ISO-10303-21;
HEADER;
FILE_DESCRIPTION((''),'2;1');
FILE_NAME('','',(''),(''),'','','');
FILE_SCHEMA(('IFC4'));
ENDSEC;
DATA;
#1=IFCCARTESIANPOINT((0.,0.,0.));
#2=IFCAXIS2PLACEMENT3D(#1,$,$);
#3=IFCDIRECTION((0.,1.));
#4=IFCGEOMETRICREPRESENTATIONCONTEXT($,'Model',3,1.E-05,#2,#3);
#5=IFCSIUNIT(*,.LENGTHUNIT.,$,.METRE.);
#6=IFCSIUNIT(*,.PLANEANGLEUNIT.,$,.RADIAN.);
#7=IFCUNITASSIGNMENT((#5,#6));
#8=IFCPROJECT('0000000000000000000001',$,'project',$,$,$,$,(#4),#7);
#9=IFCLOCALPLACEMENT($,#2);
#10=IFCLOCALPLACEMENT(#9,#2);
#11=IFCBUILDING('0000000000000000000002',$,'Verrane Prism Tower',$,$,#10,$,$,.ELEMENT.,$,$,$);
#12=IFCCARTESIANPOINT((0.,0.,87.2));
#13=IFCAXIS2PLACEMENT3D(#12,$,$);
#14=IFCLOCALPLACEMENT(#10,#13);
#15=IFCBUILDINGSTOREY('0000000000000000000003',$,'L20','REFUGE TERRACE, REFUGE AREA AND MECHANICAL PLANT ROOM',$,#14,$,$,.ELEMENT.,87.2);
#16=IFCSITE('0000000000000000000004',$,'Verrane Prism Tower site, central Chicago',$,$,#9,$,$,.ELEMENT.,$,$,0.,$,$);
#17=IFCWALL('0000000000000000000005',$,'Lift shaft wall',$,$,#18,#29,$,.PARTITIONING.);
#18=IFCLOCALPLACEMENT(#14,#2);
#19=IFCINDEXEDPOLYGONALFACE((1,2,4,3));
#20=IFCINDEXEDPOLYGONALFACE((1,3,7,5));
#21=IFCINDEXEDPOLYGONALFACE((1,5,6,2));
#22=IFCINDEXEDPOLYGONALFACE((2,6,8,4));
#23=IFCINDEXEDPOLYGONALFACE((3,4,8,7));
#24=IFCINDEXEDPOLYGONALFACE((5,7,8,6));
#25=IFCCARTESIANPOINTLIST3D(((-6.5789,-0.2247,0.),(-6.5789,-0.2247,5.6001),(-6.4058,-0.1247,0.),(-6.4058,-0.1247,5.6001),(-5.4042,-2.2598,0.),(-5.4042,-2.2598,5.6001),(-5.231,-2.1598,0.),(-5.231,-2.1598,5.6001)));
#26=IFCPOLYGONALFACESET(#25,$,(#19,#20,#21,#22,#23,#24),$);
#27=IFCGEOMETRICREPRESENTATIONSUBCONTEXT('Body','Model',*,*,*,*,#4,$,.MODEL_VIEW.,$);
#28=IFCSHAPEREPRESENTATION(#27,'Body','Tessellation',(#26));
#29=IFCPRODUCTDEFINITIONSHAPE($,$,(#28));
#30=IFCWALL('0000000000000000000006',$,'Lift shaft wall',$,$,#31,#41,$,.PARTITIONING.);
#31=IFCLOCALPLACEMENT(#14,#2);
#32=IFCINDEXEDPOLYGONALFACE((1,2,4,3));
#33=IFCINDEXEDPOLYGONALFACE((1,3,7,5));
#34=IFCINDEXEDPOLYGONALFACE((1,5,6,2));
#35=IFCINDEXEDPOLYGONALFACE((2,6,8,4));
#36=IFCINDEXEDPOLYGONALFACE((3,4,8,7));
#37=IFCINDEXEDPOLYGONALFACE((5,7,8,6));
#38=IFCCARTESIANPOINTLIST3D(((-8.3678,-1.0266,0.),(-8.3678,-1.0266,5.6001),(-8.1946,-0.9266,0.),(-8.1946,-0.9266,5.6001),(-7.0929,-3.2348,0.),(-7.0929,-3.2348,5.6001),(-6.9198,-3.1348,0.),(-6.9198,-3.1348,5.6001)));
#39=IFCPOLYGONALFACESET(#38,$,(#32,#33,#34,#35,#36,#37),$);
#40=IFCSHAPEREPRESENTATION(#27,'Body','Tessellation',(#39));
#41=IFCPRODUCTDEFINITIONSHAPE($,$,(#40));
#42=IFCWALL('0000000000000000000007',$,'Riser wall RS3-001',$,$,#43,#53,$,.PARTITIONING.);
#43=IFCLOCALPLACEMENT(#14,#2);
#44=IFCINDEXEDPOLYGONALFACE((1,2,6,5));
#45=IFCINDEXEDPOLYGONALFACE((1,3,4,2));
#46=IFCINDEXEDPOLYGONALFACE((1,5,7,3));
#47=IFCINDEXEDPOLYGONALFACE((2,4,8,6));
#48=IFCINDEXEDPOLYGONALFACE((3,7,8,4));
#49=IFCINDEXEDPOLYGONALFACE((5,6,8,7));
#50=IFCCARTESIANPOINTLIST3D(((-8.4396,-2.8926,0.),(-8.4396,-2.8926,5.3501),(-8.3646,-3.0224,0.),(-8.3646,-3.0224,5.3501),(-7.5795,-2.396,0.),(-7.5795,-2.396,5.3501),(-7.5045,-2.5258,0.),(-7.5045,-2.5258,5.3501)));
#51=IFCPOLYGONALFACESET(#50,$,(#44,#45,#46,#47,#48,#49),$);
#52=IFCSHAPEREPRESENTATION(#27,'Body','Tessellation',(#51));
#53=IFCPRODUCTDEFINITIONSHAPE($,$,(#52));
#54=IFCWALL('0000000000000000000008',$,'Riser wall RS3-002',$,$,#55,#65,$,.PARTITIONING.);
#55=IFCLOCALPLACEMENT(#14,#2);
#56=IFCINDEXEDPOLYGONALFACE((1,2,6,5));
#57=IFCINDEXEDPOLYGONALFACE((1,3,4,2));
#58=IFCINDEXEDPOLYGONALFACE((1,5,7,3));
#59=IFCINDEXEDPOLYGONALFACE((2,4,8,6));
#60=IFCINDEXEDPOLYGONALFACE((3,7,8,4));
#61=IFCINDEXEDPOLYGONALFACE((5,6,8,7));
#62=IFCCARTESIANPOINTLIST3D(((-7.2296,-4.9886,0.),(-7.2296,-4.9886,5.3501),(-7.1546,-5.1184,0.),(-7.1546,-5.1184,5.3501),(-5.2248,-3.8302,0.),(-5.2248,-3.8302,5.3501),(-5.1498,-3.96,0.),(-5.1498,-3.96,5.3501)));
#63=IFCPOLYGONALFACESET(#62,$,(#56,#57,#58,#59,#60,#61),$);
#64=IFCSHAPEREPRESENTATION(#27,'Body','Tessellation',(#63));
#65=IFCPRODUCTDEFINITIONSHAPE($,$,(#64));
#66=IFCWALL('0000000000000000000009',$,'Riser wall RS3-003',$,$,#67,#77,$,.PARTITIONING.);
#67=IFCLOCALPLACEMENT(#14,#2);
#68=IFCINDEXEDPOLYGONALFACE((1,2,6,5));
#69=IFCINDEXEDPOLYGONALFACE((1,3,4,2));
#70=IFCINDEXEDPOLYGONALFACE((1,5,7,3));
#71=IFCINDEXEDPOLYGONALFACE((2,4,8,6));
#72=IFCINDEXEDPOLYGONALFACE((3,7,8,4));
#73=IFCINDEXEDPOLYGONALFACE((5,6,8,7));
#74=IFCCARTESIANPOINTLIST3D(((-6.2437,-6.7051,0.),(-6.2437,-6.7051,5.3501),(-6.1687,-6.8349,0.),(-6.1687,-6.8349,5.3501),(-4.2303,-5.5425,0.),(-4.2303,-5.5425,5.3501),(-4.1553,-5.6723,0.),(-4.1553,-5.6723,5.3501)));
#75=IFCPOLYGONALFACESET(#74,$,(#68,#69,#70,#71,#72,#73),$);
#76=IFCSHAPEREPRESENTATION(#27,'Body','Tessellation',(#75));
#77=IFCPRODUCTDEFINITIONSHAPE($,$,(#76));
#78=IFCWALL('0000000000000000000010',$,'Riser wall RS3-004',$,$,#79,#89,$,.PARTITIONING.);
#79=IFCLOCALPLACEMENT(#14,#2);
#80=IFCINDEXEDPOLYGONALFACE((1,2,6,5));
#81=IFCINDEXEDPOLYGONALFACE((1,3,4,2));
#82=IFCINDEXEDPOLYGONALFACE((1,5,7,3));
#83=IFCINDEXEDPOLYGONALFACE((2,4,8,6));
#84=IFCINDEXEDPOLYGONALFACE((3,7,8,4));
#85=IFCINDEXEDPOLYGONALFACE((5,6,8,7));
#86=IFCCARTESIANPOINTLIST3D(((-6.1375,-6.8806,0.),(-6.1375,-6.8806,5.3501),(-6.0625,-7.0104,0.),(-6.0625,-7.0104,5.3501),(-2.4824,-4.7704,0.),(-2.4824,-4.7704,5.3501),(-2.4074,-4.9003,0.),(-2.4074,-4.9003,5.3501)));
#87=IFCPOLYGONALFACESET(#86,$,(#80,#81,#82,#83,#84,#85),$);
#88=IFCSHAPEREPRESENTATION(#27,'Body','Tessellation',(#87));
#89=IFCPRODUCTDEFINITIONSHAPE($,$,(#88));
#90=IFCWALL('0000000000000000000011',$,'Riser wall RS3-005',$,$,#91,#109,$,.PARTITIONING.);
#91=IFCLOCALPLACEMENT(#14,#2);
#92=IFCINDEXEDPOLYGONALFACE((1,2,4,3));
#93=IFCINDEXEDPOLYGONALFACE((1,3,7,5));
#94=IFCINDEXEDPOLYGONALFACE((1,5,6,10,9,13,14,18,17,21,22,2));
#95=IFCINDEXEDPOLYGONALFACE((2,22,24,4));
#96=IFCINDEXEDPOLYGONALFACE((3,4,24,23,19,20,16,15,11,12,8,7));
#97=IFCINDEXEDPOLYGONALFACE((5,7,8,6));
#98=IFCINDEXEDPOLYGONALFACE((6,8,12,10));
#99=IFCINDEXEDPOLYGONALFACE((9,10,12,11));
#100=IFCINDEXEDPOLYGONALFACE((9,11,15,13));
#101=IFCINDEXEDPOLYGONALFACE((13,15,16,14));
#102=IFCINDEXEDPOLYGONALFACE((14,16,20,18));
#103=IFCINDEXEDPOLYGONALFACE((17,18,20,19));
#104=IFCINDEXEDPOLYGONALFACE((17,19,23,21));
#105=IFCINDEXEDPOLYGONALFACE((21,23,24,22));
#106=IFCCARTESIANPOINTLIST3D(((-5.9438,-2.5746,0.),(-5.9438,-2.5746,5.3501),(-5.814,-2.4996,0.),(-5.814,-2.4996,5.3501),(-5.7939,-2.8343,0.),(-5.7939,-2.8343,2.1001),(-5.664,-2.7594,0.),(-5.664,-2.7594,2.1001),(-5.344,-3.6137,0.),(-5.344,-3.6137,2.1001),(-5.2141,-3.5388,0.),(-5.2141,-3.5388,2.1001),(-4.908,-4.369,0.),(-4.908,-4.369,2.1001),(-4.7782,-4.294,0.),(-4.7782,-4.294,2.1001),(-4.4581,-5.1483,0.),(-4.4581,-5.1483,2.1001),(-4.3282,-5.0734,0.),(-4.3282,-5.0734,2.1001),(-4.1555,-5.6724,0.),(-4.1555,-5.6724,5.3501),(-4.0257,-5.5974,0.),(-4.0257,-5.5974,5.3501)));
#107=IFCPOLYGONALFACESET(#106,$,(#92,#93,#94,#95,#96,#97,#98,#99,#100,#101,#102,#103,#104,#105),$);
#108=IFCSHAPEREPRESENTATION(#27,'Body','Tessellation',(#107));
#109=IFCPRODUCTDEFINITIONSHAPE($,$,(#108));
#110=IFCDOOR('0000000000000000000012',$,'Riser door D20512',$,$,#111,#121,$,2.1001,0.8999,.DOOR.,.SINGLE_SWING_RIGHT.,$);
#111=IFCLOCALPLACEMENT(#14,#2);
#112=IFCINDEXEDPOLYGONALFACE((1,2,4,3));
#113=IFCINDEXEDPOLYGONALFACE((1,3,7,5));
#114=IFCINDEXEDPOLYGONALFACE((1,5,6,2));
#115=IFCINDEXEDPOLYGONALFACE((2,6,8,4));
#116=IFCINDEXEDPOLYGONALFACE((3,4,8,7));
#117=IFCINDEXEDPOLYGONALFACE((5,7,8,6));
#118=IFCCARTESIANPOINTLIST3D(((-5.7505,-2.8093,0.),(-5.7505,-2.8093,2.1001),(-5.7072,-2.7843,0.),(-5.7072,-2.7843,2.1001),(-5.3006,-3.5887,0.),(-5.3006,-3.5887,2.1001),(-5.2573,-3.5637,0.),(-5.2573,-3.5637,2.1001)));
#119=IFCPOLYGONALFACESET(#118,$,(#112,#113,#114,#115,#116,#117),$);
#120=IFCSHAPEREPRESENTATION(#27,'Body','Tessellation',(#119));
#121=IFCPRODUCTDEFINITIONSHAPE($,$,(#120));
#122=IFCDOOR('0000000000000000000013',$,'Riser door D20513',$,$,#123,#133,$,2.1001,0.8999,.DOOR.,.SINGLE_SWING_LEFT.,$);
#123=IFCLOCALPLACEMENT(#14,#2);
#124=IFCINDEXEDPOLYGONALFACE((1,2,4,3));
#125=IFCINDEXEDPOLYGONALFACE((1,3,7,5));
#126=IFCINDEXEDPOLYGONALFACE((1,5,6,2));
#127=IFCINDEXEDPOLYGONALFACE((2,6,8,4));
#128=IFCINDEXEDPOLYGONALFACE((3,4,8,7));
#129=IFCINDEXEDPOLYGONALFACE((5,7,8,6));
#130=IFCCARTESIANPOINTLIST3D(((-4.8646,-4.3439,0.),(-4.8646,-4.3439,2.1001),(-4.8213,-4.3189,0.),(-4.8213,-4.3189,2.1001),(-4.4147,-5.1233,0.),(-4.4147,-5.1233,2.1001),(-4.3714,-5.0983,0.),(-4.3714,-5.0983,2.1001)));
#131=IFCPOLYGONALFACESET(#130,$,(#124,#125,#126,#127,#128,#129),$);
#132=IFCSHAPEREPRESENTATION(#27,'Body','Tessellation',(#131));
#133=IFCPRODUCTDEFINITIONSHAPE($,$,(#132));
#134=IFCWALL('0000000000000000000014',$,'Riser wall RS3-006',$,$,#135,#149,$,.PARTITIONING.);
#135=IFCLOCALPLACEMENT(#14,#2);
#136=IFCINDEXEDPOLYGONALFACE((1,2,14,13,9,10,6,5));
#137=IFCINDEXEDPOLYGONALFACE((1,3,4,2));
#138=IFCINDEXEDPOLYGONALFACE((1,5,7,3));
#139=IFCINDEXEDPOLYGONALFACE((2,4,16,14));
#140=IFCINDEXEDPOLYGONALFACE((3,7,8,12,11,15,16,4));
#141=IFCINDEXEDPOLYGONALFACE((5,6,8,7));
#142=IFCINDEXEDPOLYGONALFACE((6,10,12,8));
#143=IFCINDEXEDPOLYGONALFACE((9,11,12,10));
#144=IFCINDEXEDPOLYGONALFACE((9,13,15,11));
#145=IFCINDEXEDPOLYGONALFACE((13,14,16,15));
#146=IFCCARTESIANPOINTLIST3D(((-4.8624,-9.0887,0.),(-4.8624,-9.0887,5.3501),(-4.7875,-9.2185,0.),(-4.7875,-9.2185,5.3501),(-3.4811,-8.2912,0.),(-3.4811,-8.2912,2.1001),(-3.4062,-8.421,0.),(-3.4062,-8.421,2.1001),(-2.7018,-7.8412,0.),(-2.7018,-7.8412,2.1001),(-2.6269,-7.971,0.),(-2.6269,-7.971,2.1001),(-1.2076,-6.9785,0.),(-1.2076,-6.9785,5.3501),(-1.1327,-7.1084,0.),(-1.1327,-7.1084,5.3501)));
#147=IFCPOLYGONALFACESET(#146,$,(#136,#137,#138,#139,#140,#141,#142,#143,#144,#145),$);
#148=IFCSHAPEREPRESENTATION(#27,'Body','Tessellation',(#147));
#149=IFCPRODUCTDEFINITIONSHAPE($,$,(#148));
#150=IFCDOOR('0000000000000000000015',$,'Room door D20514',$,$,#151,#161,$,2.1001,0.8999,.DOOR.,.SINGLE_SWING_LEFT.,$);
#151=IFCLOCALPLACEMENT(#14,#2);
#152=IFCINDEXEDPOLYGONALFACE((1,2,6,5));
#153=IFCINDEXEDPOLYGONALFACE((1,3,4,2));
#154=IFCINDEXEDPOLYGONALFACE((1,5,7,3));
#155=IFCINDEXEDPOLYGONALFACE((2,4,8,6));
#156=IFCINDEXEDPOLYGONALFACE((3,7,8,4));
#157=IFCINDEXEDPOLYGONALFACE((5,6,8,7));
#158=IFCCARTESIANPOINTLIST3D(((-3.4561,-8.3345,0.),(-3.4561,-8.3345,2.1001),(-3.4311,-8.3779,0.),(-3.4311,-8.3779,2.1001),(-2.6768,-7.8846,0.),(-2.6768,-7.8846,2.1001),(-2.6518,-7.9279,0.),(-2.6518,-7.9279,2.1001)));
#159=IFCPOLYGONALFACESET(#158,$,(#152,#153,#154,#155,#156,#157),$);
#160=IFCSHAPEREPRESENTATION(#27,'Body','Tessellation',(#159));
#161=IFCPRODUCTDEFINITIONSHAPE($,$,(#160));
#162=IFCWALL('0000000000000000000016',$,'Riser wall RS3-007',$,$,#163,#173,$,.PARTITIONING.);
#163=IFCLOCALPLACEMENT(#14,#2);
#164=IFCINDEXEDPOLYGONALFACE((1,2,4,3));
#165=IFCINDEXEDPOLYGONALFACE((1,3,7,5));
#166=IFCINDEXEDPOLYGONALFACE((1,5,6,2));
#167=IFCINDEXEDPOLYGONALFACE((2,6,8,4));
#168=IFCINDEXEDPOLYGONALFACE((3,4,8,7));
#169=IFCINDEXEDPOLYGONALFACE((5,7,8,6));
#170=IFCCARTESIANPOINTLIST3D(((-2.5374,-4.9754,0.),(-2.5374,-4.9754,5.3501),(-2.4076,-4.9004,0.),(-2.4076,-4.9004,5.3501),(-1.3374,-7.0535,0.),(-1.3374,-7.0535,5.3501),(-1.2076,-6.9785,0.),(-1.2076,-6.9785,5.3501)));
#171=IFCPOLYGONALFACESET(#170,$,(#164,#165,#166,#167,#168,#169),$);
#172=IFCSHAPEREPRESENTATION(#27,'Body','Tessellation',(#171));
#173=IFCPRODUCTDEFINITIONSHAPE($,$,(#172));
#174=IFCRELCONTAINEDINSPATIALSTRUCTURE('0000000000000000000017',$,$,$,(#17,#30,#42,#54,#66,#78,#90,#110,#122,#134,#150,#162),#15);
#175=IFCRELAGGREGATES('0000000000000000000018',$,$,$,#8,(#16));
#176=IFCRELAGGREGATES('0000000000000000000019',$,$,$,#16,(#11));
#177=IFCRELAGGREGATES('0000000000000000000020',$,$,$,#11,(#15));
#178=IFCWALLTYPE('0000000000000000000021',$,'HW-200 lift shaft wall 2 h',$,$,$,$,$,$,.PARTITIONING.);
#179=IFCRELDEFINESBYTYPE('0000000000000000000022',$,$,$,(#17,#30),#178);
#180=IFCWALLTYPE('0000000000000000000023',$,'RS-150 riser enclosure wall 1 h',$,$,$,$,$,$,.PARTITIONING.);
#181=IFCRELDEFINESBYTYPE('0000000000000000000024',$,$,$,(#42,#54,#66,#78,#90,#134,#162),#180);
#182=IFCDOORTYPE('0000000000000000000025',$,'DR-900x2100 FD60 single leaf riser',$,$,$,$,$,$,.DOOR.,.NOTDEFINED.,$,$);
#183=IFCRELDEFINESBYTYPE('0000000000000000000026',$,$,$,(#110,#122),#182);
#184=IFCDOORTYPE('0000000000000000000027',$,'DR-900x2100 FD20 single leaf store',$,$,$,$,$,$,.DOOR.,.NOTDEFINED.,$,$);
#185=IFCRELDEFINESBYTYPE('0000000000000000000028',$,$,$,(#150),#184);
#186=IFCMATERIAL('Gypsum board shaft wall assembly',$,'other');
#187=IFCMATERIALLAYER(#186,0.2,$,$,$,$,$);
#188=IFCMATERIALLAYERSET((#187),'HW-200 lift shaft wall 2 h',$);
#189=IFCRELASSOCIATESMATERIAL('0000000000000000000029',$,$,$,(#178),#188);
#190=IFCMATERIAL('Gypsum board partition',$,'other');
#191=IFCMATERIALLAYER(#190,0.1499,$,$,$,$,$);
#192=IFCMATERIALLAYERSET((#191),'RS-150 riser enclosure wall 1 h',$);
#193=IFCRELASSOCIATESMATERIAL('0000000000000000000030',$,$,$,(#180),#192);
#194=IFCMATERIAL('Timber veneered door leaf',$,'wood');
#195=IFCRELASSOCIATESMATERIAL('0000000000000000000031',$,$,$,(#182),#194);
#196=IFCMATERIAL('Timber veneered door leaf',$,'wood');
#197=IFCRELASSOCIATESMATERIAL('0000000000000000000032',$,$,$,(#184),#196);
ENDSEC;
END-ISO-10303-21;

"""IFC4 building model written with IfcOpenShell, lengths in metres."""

from ifc_helpers import new_model, si_unit, direction, frame, frame_2d, origin, place, context, subcontext, project, spatial, rectangle, extrude, material, layer, layer_set, type_object, element, fill, save


model = new_model("IFC4")

# Units and contexts
model_context = context("Model", 3, precision=1e-05, world=origin(), true_north=direction((0.0, 1.0)))
body_context = subcontext(model_context, "Body", "Model", "MODEL_VIEW")
ifc_project = project(units=[si_unit("LENGTHUNIT", "METRE"), si_unit("PLANEANGLEUNIT", "RADIAN")], contexts=[model_context])

# Site, building, storey
site_placement = place(None, origin())
site = spatial("IfcSite", under=ifc_project, at=site_placement, Name="Verrane Prism Tower site, central Chicago", CompositionType="ELEMENT", RefElevation=0.0)
building_placement = place(site_placement, origin())
building = spatial("IfcBuilding", under=site, at=building_placement, Name="Verrane Prism Tower", CompositionType="ELEMENT")
storey_placement = place(building_placement, frame((0.0, 0.0, 87.2)))
storey = spatial("IfcBuildingStorey", under=building, at=storey_placement, Name="L20", Description="REFUGE TERRACE, REFUGE AREA AND MECHANICAL PLANT ROOM", CompositionType="ELEMENT", Elevation=87.2)

# Shared definitions
ifc_material_1 = material(Name="Gypsum board shaft wall assembly", Category="other")
ifc_layer_1 = layer(ifc_material_1, 0.2)
ifc_layer_set_1 = layer_set([ifc_layer_1], Name="HW-200 lift shaft wall 2 h")
wall_type_1 = type_object("IfcWallType", Name="HW-200 lift shaft wall 2 h", PredefinedType="PARTITIONING", material=ifc_layer_set_1)

# Walls
wall_1_placement = place(storey_placement, frame((-5.3176, -2.2097, 0.0), z_axis=(0.0, 0.0, 1.0), x_axis=(-0.499938, 0.866061, 0.0)))
element("IfcWall", 1, at=wall_1_placement, inside=storey, type_object=wall_type_1, Name="Lift shaft wall", PredefinedType="PARTITIONING", context=body_context, shape_type="SweptSolid", body=[
    extrude(rectangle(XDim=2.3499, YDim=0.2, at=frame_2d((1.1748, 0.0))), origin(), (0.0, 0.0, 1.0), 5.6001),
])
wall_2_placement = place(storey_placement, frame((-7.0063, -3.1848, 0.0), z_axis=(0.0, 0.0, 1.0), x_axis=(-0.49999, 0.866031, 0.0)))
element("IfcWall", 2, at=wall_2_placement, inside=storey, type_object=wall_type_1, Name="Lift shaft wall", PredefinedType="PARTITIONING", context=body_context, shape_type="SweptSolid", body=[
    extrude(rectangle(XDim=2.5498, YDim=0.2, at=frame_2d((1.2749, 0.0))), origin(), (0.0, 0.0, 1.0), 5.6001),
])
ifc_material_2 = material(Name="Gypsum board partition", Category="other")
ifc_layer_2 = layer(ifc_material_2, 0.1499)
ifc_layer_set_2 = layer_set([ifc_layer_2], Name="RS-150 riser enclosure wall 1 h")
wall_type_2 = type_object("IfcWallType", Name="RS-150 riser enclosure wall 1 h", PredefinedType="PARTITIONING", material=ifc_layer_set_2)
wall_3_placement = place(storey_placement, frame((-8.4021, -2.9575, 0.0), z_axis=(0.0, 0.0, 1.0), x_axis=(0.866026, 0.499999, 0.0)))
element("IfcWall", 3, at=wall_3_placement, inside=storey, type_object=wall_type_2, Name="Riser wall RS3-001", PredefinedType="PARTITIONING", context=body_context, shape_type="SweptSolid", body=[
    extrude(rectangle(XDim=0.9932, YDim=0.1499, at=frame_2d((0.4966, 0.0))), origin(), (0.0, 0.0, 1.0), 5.3501),
])
wall_4_placement = place(storey_placement, frame((-7.1921, -5.0535, 0.0), z_axis=(0.0, 0.0, 1.0), x_axis=(0.865852, 0.5003, 0.0)))
element("IfcWall", 4, at=wall_4_placement, inside=storey, type_object=wall_type_2, Name="Riser wall RS3-002", PredefinedType="PARTITIONING", context=body_context, shape_type="SweptSolid", body=[
    extrude(rectangle(XDim=2.3154, YDim=0.1499, at=frame_2d((1.1577, 0.0))), origin(), (0.0, 0.0, 1.0), 5.3501),
])
wall_5_placement = place(storey_placement, frame((-6.2063, -6.77, 0.0), z_axis=(0.0, 0.0, 1.0), x_axis=(0.865998, 0.500047, 0.0)))
element("IfcWall", 5, at=wall_5_placement, inside=storey, type_object=wall_type_2, Name="Riser wall RS3-003", PredefinedType="PARTITIONING", context=body_context, shape_type="SweptSolid", body=[
    extrude(rectangle(XDim=2.325, YDim=0.1499, at=frame_2d((1.1626, 0.0))), origin(), (0.0, 0.0, 1.0), 5.3501),
])
wall_6_placement = place(storey_placement, frame((-6.1001, -6.9456, 0.0), z_axis=(0.0, 0.0, 1.0), x_axis=(0.866038, 0.499978, 0.0)))
element("IfcWall", 6, at=wall_6_placement, inside=storey, type_object=wall_type_2, Name="Riser wall RS3-004", PredefinedType="PARTITIONING", context=body_context, shape_type="SweptSolid", body=[
    extrude(rectangle(XDim=4.2205, YDim=0.1499, at=frame_2d((2.1104, 0.0))), origin(), (0.0, 0.0, 1.0), 5.3501),
])

# Wall, openings, doors
wall_7_placement = place(storey_placement, frame((-4.0906, -5.635, 0.0), z_axis=(0.0, 0.0, 1.0), x_axis=(-0.499949, 0.866055, 0.0)))
wall_7 = element("IfcWall", 7, at=wall_7_placement, inside=storey, type_object=wall_type_2, Name="Riser wall RS3-005", PredefinedType="PARTITIONING", context=body_context, shape_type="SweptSolid", body=[
    extrude(rectangle(XDim=3.5769, YDim=0.1499, at=frame_2d((1.7886, 0.0))), origin(), (0.0, 0.0, 1.0), 5.3501),
])
opening_1_placement = place(wall_7_placement, frame((2.3772, 0.0, 0.0)))
opening_1 = element("IfcOpeningElement", 8, at=opening_1_placement, cuts=wall_7, PredefinedType="OPENING", context=body_context, shape_type="SweptSolid", body=[
    extrude(rectangle(XDim=0.8999, YDim=2.1001, at=frame_2d((0.45, 1.05))), frame((0.0, 0.085, 0.0), z_axis=(0.0, -1.0, 0.0), x_axis=(1.0, 0.0, 0.0)), (0.0, 0.0, 1.0), 0.1699),
])
opening_2_placement = place(wall_7_placement, frame((0.6052, 0.0, 0.0)))
opening_2 = element("IfcOpeningElement", 9, at=opening_2_placement, cuts=wall_7, PredefinedType="OPENING", context=body_context, shape_type="SweptSolid", body=[
    extrude(rectangle(XDim=0.8999, YDim=2.1001, at=frame_2d((0.45, 1.05))), frame((0.0, 0.085, 0.0), z_axis=(0.0, -1.0, 0.0), x_axis=(1.0, 0.0, 0.0)), (0.0, 0.0, 1.0), 0.1699),
])
ifc_material_3 = material(Name="Timber veneered door leaf", Category="wood")
door_type_1 = type_object("IfcDoorType", Name="DR-900x2100 FD60 single leaf riser", OperationType="NOTDEFINED", PredefinedType="DOOR", material=ifc_material_3)
door_1_placement = place(opening_1_placement, origin())
door_1 = element("IfcDoor", 10, at=door_1_placement, inside=storey, type_object=door_type_1, Name="Riser door D20512", OperationType="SINGLE_SWING_RIGHT", OverallHeight=2.1001, OverallWidth=0.8999, PredefinedType="DOOR", context=body_context, shape_type="SweptSolid", body=[
    extrude(rectangle(XDim=0.8999, YDim=2.1001, at=frame_2d((0.45, 1.05))), frame((0.0, 0.0249, 0.0), z_axis=(0.0, -1.0, 0.0), x_axis=(1.0, 0.0, 0.0)), (0.0, 0.0, 1.0), 0.05),
])
fill(opening_1, door_1)
door_2_placement = place(opening_2_placement, origin())
door_2 = element("IfcDoor", 11, at=door_2_placement, inside=storey, type_object=door_type_1, Name="Riser door D20513", OperationType="SINGLE_SWING_LEFT", OverallHeight=2.1001, OverallWidth=0.8999, PredefinedType="DOOR", context=body_context, shape_type="SweptSolid", body=[
    extrude(rectangle(XDim=0.8999, YDim=2.1001, at=frame_2d((0.45, 1.05))), frame((0.0, 0.0249, 0.0), z_axis=(0.0, -1.0, 0.0), x_axis=(1.0, 0.0, 0.0)), (0.0, 0.0, 1.0), 0.05),
])
fill(opening_2, door_2)

# Wall, opening, door
wall_8_placement = place(storey_placement, frame((-4.825, -9.1536, 0.0), z_axis=(0.0, 0.0, 1.0), x_axis=(0.866024, 0.500003, 0.0)))
wall_8 = element("IfcWall", 12, at=wall_8_placement, inside=storey, type_object=wall_type_2, Name="Riser wall RS3-006", PredefinedType="PARTITIONING", context=body_context, shape_type="SweptSolid", body=[
    extrude(rectangle(XDim=4.2202, YDim=0.1499, at=frame_2d((2.1101, 0.0))), origin(), (0.0, 0.0, 1.0), 5.3501),
])
opening_3_placement = place(wall_8_placement, frame((1.595, 0.0, 0.0)))
opening_3 = element("IfcOpeningElement", 13, at=opening_3_placement, cuts=wall_8, PredefinedType="OPENING", context=body_context, shape_type="SweptSolid", body=[
    extrude(rectangle(XDim=0.8999, YDim=2.1001, at=frame_2d((0.45, 1.05))), frame((0.0, 0.085, 0.0), z_axis=(0.0, -1.0, 0.0), x_axis=(1.0, 0.0, 0.0)), (0.0, 0.0, 1.0), 0.1699),
])
ifc_material_4 = material(Name="Timber veneered door leaf", Category="wood")
door_type_2 = type_object("IfcDoorType", Name="DR-900x2100 FD20 single leaf store", OperationType="NOTDEFINED", PredefinedType="DOOR", material=ifc_material_4)
door_3_placement = place(opening_3_placement, origin())
door_3 = element("IfcDoor", 14, at=door_3_placement, inside=storey, type_object=door_type_2, Name="Room door D20514", OperationType="SINGLE_SWING_LEFT", OverallHeight=2.1001, OverallWidth=0.8999, PredefinedType="DOOR", context=body_context, shape_type="SweptSolid", body=[
    extrude(rectangle(XDim=0.8999, YDim=2.1001, at=frame_2d((0.45, 1.05))), frame((0.0, 0.0249, 0.0), z_axis=(0.0, -1.0, 0.0), x_axis=(1.0, 0.0, 0.0)), (0.0, 0.0, 1.0), 0.05),
])
fill(opening_3, door_3)

# Wall
wall_9_placement = place(storey_placement, frame((-2.4724, -4.938, 0.0), z_axis=(0.0, 0.0, 1.0), x_axis=(0.500045, -0.865999, 0.0)))
element("IfcWall", 15, at=wall_9_placement, inside=storey, type_object=wall_type_2, Name="Riser wall RS3-007", PredefinedType="PARTITIONING", context=body_context, shape_type="SweptSolid", body=[
    extrude(rectangle(XDim=2.3997, YDim=0.1499, at=frame_2d((1.1997, 0.0))), origin(), (0.0, 0.0, 1.0), 5.3501),
])

save(model, "model.ifc")
